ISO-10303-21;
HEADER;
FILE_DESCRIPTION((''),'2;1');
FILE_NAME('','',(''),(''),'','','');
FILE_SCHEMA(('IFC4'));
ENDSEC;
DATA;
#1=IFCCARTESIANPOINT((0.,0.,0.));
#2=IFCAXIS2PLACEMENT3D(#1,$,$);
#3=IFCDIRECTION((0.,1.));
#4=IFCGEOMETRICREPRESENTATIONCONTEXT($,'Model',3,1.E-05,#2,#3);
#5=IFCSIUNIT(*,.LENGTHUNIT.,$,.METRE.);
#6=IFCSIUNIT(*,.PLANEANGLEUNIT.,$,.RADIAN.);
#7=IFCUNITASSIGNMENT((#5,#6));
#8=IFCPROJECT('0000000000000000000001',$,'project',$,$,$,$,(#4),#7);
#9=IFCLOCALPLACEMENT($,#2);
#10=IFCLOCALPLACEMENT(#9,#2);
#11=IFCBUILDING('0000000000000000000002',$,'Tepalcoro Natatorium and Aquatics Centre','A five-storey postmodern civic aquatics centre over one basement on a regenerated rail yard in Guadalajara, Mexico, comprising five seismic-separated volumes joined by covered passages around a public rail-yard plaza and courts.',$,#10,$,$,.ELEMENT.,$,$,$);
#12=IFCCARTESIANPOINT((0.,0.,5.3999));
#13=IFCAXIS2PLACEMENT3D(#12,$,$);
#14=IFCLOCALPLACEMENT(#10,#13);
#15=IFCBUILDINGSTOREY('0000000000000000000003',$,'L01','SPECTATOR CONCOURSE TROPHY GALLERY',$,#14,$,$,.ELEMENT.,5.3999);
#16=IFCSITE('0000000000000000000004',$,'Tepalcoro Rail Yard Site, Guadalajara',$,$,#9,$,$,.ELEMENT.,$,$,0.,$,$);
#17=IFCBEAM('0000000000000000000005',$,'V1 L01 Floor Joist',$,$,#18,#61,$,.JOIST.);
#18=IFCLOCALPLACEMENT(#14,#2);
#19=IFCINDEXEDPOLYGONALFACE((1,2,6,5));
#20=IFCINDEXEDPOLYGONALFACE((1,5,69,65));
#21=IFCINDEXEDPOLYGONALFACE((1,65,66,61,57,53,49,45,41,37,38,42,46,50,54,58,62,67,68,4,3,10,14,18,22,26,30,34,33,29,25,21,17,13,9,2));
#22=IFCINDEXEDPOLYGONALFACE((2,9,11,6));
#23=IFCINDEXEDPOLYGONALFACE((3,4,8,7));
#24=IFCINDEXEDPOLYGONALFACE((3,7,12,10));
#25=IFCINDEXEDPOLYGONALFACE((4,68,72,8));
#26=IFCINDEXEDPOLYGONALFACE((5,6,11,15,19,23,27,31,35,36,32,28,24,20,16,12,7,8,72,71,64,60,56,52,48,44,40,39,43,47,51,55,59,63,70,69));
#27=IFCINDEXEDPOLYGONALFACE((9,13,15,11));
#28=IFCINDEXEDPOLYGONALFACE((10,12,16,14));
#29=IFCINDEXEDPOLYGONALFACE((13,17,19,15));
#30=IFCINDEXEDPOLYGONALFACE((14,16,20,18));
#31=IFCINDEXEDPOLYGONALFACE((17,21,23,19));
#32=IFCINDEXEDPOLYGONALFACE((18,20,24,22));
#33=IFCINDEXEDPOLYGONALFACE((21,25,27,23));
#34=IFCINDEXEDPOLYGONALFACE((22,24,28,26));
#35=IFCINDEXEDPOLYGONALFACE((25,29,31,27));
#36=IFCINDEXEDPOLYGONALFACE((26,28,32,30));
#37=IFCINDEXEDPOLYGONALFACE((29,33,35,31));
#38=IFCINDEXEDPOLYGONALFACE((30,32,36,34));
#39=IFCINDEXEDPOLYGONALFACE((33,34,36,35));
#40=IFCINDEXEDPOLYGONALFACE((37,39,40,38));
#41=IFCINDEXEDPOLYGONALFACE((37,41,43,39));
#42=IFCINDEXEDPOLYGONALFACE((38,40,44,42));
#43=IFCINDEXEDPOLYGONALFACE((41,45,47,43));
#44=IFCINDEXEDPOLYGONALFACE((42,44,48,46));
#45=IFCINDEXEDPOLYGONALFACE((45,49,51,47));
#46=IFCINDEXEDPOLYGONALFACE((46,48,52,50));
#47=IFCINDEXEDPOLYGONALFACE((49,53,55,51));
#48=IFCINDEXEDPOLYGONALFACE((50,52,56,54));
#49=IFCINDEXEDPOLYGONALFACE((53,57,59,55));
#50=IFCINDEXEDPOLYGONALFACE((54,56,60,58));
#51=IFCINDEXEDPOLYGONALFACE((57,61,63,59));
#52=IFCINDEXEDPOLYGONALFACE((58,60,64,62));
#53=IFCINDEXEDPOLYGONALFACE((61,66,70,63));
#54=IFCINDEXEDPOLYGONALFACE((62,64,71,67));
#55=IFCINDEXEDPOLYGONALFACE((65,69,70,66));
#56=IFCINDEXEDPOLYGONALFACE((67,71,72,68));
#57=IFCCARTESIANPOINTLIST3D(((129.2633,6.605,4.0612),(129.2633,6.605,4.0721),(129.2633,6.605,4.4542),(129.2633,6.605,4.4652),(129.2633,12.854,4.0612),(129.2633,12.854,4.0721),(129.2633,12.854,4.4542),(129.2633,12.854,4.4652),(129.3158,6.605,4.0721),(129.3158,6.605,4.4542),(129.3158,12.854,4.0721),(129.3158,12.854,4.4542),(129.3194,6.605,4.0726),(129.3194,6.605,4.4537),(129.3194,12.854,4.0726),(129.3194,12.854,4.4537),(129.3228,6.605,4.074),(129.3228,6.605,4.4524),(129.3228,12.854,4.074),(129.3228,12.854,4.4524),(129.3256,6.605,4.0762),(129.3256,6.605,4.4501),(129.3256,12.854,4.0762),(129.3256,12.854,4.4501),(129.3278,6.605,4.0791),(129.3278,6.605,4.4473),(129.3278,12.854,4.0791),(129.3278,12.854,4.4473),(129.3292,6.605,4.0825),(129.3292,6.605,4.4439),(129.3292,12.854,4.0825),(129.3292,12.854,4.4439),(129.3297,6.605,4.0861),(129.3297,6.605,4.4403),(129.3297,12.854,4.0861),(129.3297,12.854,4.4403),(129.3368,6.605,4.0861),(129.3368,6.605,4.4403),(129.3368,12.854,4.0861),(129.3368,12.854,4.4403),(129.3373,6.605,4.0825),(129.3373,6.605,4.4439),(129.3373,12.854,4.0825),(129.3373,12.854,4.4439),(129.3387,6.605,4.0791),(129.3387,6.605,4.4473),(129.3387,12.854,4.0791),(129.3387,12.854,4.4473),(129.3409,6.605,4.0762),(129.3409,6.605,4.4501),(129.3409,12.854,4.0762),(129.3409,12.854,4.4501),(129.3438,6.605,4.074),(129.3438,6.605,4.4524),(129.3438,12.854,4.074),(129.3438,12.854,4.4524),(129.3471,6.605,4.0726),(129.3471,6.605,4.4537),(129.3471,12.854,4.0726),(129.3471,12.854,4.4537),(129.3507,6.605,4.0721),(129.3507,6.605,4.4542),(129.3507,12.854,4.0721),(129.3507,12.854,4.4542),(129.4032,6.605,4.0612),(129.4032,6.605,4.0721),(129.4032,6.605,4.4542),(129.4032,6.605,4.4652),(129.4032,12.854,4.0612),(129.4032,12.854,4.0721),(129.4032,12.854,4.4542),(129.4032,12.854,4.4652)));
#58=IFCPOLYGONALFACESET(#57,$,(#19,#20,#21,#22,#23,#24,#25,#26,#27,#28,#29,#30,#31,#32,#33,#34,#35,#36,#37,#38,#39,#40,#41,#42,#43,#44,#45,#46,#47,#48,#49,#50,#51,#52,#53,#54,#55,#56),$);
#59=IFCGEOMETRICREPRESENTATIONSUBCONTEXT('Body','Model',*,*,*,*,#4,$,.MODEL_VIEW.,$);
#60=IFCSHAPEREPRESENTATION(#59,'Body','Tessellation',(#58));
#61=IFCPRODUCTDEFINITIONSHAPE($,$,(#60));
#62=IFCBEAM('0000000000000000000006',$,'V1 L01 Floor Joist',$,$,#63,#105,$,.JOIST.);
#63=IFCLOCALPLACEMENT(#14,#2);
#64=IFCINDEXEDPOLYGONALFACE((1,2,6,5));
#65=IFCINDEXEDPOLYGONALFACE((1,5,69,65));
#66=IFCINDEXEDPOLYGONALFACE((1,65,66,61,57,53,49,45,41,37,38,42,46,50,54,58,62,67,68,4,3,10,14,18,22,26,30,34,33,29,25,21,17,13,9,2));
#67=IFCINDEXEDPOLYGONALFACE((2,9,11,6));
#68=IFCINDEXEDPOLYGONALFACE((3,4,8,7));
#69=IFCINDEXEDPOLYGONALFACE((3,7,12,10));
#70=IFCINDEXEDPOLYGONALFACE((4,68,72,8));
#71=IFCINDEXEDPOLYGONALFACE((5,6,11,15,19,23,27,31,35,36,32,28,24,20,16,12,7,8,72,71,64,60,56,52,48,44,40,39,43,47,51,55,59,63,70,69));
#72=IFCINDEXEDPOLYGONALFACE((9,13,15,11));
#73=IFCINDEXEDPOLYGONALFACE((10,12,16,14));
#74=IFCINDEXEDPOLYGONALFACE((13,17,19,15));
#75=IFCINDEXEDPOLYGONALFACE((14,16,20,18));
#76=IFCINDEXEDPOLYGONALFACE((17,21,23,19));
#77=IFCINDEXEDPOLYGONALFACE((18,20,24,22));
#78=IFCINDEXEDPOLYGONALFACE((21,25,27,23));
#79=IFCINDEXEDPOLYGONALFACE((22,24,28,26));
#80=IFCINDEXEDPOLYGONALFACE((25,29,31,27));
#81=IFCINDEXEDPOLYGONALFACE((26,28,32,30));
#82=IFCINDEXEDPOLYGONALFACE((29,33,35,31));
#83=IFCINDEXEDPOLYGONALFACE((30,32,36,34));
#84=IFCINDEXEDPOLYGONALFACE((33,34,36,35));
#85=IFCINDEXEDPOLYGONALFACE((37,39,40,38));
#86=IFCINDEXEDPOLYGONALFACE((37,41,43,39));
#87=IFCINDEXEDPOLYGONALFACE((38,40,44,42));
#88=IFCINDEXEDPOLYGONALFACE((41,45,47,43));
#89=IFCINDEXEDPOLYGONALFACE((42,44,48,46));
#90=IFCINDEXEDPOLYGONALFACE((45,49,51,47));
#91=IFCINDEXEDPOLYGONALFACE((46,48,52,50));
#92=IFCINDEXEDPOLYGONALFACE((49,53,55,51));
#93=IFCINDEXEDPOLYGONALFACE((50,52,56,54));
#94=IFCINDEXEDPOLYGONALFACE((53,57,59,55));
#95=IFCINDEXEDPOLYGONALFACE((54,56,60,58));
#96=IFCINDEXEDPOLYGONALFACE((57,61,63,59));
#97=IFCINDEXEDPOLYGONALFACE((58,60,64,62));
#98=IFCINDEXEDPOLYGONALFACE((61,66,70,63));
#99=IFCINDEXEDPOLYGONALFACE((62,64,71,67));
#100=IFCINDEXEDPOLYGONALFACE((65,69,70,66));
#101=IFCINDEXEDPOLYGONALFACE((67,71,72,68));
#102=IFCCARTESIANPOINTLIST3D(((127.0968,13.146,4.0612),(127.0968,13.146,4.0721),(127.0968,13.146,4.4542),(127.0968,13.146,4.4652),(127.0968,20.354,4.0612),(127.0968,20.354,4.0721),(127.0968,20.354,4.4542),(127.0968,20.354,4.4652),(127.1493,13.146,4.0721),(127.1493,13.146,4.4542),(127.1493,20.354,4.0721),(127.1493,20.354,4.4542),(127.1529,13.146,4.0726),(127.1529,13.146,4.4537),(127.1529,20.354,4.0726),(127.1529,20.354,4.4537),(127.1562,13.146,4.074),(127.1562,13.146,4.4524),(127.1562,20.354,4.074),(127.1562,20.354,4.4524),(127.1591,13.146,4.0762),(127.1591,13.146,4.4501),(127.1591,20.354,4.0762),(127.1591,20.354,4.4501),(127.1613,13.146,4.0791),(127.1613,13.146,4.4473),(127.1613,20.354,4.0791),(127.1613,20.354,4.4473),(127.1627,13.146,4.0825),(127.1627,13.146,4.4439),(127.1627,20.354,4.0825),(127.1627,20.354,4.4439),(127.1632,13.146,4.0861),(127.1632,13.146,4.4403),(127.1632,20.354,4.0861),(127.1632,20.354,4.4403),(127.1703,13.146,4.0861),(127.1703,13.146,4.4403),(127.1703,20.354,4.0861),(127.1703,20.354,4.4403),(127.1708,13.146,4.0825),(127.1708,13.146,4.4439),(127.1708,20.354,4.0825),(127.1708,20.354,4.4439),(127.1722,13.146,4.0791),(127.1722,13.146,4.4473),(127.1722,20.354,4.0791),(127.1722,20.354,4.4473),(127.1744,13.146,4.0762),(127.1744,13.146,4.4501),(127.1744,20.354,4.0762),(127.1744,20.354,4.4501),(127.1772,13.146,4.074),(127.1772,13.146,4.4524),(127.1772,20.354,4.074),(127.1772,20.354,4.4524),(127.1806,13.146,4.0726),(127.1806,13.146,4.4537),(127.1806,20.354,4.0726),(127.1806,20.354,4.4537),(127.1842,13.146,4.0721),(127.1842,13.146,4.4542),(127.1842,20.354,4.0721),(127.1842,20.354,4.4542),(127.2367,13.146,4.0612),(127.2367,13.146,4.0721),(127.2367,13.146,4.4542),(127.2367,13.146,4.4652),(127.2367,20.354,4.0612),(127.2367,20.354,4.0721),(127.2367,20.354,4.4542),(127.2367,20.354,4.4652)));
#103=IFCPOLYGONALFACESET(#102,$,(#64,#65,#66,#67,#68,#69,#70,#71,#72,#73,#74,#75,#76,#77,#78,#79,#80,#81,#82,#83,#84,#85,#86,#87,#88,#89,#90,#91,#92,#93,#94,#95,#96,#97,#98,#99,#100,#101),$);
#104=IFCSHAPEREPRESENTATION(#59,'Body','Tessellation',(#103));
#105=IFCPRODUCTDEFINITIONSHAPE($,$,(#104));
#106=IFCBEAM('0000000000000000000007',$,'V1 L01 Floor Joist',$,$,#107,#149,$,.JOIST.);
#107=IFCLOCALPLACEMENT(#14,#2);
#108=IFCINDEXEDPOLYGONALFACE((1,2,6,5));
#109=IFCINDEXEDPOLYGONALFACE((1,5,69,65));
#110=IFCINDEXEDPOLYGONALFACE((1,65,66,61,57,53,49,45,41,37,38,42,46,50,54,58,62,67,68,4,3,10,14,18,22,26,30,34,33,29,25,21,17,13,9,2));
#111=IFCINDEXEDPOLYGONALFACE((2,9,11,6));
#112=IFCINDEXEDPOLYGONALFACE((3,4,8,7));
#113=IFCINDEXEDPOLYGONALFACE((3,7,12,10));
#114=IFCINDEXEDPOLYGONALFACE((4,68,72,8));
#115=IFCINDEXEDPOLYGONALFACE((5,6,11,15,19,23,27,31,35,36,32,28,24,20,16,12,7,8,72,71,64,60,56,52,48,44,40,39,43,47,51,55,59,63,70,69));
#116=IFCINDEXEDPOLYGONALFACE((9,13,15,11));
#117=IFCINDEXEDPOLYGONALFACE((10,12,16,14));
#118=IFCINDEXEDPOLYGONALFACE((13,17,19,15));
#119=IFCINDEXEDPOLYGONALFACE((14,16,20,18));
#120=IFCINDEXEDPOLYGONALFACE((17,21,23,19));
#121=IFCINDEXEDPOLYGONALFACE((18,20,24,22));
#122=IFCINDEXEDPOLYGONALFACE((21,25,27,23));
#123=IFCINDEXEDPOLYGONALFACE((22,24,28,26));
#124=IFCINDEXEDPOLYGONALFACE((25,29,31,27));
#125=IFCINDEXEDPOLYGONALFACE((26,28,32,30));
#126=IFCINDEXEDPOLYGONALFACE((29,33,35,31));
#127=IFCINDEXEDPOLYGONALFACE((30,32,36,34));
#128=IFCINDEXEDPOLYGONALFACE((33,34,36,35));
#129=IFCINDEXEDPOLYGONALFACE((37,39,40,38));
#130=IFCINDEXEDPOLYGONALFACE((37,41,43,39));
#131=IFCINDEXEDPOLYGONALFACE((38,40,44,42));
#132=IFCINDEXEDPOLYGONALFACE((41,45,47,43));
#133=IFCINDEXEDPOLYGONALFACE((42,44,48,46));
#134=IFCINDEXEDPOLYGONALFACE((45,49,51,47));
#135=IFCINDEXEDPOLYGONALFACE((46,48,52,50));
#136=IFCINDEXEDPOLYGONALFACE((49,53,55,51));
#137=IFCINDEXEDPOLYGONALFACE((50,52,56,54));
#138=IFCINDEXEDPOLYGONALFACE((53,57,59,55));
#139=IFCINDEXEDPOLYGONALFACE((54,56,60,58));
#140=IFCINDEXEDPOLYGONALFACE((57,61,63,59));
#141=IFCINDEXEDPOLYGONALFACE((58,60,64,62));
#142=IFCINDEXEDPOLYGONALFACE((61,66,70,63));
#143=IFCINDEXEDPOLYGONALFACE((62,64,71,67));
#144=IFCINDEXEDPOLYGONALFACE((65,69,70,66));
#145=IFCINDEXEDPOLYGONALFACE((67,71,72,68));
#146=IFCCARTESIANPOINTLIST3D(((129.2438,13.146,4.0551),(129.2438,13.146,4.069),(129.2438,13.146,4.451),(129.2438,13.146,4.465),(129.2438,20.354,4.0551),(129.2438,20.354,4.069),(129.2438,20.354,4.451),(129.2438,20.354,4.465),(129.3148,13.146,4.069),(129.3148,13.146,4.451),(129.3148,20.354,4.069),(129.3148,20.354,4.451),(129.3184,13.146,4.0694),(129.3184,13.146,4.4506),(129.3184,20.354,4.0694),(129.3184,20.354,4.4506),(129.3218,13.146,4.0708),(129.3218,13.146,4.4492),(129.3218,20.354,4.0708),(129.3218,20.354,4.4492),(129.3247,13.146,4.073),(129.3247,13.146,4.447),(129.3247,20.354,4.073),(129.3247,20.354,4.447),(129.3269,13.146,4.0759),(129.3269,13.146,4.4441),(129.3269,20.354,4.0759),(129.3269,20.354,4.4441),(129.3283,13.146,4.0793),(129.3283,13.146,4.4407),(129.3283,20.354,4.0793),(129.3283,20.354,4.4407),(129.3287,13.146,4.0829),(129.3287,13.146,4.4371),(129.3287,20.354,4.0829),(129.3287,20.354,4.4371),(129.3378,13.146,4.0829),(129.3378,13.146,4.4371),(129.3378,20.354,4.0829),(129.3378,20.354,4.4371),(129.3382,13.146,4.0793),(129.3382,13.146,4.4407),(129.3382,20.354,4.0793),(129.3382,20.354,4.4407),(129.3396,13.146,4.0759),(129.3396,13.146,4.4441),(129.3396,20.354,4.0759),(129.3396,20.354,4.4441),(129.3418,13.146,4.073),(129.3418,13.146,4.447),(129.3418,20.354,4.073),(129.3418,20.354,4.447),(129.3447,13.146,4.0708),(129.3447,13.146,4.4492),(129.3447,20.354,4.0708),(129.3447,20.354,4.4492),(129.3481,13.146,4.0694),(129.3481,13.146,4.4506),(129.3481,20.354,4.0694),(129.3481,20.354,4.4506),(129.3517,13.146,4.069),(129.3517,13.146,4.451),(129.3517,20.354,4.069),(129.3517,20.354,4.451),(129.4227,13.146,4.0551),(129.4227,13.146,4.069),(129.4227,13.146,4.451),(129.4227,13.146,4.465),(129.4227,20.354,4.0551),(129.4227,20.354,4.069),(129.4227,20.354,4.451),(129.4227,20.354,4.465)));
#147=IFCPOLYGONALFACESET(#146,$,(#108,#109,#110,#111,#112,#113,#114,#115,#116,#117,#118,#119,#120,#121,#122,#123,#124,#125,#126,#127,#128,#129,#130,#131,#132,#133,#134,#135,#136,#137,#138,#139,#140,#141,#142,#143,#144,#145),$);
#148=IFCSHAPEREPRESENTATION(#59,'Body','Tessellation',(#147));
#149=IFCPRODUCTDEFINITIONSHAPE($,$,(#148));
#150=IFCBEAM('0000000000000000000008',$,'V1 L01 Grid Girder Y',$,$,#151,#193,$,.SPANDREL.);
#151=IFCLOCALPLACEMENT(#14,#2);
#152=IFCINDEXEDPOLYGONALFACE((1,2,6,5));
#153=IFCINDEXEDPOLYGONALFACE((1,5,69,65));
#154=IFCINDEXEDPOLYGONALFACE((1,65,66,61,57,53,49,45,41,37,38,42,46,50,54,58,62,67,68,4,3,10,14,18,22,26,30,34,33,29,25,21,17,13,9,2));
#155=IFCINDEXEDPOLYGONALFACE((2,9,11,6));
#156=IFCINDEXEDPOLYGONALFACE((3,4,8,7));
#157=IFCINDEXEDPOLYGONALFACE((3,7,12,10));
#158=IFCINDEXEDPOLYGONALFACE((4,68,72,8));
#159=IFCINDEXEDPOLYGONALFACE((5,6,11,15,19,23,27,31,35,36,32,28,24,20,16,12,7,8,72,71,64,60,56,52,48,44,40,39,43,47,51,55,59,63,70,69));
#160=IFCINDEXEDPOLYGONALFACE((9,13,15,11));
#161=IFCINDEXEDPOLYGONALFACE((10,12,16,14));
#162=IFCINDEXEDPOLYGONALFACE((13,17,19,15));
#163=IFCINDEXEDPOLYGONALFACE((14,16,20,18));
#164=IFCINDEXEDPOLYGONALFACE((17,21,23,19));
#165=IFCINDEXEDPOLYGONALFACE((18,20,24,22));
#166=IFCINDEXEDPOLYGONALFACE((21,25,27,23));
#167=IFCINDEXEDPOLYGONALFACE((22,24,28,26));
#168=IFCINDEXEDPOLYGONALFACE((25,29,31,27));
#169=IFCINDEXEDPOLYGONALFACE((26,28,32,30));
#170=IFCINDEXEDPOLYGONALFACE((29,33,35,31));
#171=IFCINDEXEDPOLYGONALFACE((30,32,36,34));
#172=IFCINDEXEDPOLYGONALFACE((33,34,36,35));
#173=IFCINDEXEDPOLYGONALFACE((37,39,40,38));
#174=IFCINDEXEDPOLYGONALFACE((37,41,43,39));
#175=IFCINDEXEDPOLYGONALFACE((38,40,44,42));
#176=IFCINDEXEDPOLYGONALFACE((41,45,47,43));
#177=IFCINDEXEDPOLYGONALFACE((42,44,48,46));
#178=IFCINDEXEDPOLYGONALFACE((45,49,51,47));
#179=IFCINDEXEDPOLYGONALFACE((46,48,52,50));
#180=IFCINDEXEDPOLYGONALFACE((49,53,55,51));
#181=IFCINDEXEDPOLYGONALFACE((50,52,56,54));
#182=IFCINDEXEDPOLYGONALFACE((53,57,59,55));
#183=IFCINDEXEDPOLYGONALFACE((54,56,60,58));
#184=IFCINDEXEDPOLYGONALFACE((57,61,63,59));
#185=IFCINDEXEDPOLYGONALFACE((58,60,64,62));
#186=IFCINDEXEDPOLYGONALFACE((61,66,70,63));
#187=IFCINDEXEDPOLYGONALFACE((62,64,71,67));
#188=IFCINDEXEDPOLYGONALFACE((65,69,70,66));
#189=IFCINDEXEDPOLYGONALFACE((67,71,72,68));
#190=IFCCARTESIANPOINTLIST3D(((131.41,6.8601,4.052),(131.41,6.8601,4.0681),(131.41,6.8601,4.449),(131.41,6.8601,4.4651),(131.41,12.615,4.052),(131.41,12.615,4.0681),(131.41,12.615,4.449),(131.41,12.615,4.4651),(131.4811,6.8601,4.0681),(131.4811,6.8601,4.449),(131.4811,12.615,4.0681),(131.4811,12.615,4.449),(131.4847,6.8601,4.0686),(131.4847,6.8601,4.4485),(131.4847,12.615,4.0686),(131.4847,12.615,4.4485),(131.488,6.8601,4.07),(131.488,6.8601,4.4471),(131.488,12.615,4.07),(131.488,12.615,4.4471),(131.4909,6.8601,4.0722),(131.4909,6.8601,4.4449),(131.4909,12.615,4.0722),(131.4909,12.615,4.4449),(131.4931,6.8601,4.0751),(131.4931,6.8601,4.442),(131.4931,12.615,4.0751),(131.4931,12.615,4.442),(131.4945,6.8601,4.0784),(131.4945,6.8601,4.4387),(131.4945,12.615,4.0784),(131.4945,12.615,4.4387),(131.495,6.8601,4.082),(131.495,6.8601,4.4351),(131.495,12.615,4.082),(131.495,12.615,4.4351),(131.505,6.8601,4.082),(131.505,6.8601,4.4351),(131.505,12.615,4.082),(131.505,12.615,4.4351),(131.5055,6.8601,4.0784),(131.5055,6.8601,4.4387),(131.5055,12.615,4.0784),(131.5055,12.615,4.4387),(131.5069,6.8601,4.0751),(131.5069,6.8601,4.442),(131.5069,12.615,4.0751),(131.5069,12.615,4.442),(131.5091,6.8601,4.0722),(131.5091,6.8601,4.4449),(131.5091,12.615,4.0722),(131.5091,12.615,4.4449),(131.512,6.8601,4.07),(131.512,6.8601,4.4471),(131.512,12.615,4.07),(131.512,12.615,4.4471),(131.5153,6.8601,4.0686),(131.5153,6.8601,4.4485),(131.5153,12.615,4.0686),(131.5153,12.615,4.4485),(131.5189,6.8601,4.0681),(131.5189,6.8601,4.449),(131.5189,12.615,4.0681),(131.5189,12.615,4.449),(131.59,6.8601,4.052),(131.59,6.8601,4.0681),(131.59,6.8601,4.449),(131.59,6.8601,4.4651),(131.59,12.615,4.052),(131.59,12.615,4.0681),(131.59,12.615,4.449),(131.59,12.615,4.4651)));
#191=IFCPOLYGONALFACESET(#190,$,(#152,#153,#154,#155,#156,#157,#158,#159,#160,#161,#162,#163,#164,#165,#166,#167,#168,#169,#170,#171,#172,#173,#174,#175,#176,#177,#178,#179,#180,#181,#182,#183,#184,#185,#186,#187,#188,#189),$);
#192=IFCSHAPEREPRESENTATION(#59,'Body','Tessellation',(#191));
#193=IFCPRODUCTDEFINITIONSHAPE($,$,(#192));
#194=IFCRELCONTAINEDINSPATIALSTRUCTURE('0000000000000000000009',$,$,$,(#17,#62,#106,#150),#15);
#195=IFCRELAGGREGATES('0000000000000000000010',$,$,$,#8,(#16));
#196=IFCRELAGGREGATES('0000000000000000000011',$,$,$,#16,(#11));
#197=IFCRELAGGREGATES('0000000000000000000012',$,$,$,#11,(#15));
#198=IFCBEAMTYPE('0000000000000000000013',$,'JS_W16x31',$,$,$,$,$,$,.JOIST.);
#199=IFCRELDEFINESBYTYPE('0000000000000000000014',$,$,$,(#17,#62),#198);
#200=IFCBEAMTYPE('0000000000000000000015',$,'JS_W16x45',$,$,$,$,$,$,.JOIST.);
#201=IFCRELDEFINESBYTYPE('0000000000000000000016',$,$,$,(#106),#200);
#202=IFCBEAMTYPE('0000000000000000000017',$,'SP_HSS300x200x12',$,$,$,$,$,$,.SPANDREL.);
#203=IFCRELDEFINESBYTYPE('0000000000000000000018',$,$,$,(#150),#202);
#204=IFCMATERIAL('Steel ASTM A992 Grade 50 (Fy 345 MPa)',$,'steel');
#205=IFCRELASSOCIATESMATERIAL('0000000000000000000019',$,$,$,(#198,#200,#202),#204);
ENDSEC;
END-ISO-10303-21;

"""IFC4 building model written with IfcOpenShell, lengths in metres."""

from ifc_helpers import new_model, si_unit, direction, frame, origin, origin_2d, place, context, subcontext, project, spatial, i_section, extrude, material, material_profile, profile_set, type_object, element, save


model = new_model("IFC4")

# Units and contexts
model_context = context("Model", 3, precision=1e-05, world=origin(), true_north=direction((0.0, 1.0)))
body_context = subcontext(model_context, "Body", "Model", "MODEL_VIEW")
ifc_project = project(units=[si_unit("LENGTHUNIT", "METRE"), si_unit("PLANEANGLEUNIT", "RADIAN")], contexts=[model_context])

# Site, building, storey
site_placement = place(None, origin())
site = spatial("IfcSite", under=ifc_project, at=site_placement, Name="Tepalcoro Rail Yard Site, Guadalajara", CompositionType="ELEMENT", RefElevation=0.0)
building_placement = place(site_placement, origin())
building = spatial("IfcBuilding", under=site, at=building_placement, Name="Tepalcoro Natatorium and Aquatics Centre", Description="A five-storey postmodern civic aquatics centre over one basement on a regenerated rail yard in Guadalajara, Mexico, comprising five seismic-separated volumes joined by covered passages around a public rail-yard plaza and courts.", CompositionType="ELEMENT")
storey_placement = place(building_placement, frame((0.0, 0.0, 5.3999)))
storey = spatial("IfcBuildingStorey", under=building, at=storey_placement, Name="L01", Description="SPECTATOR CONCOURSE TROPHY GALLERY", CompositionType="ELEMENT", Elevation=5.3999)

# Shared definitions
ifc_material_1 = material(Name="Steel ASTM A992 Grade 50 (Fy 345 MPa)", Category="steel")

# Beams
ifc_material_profile_1 = material_profile(ifc_material_1, i_section(OverallWidth=0.1399, OverallDepth=0.4041, WebThickness=0.0071, FlangeThickness=0.011, FilletRadius=0.0139, at=origin_2d()), Name="W16X31")
ifc_profile_set_1 = profile_set([ifc_material_profile_1], Name="Steel ASTM A992 Grade 50 (Fy 345 MPa)")
beam_type_1 = type_object("IfcBeamType", Name="JS_W16x31", PredefinedType="JOIST", material=ifc_profile_set_1)
beam_1_placement = place(storey_placement, frame((129.3333, 6.605, 4.2632), z_axis=(0.0, 1.0, 0.0), x_axis=(-1.0, 0.0, 0.0)))
element("IfcBeam", 1, at=beam_1_placement, inside=storey, type_object=beam_type_1, Name="V1 L01 Floor Joist", PredefinedType="JOIST", context=body_context, shape_type="SweptSolid", body=[
    extrude(i_section(OverallWidth=0.1399, OverallDepth=0.4041, WebThickness=0.0071, FlangeThickness=0.011, FilletRadius=0.0139, at=origin_2d()), origin(), (0.0, 0.0, 1.0), 6.249),
])
beam_2_placement = place(storey_placement, frame((127.1667, 13.146, 4.2632), z_axis=(0.0, 1.0, 0.0), x_axis=(-1.0, 0.0, 0.0)))
element("IfcBeam", 2, at=beam_2_placement, inside=storey, type_object=beam_type_1, Name="V1 L01 Floor Joist", PredefinedType="JOIST", context=body_context, shape_type="SweptSolid", body=[
    extrude(i_section(OverallWidth=0.1399, OverallDepth=0.4041, WebThickness=0.0071, FlangeThickness=0.011, FilletRadius=0.0139, at=origin_2d()), origin(), (0.0, 0.0, 1.0), 7.208),
])
ifc_material_profile_2 = material_profile(ifc_material_1, i_section(OverallWidth=0.179, OverallDepth=0.4099, WebThickness=0.009, FlangeThickness=0.0139, FilletRadius=0.0139, at=origin_2d()), Name="W16X45")
ifc_profile_set_2 = profile_set([ifc_material_profile_2], Name="Steel ASTM A992 Grade 50 (Fy 345 MPa)")
beam_type_2 = type_object("IfcBeamType", Name="JS_W16x45", PredefinedType="JOIST", material=ifc_profile_set_2)
beam_3_placement = place(storey_placement, frame((129.3333, 13.146, 4.26), z_axis=(0.0, 1.0, 0.0), x_axis=(-1.0, 0.0, 0.0)))
element("IfcBeam", 3, at=beam_3_placement, inside=storey, type_object=beam_type_2, Name="V1 L01 Floor Joist", PredefinedType="JOIST", context=body_context, shape_type="SweptSolid", body=[
    extrude(i_section(OverallWidth=0.179, OverallDepth=0.4099, WebThickness=0.009, FlangeThickness=0.0139, FilletRadius=0.0139, at=origin_2d()), origin(), (0.0, 0.0, 1.0), 7.208),
])
ifc_material_profile_3 = material_profile(ifc_material_1, i_section(OverallWidth=0.1799, OverallDepth=0.4131, WebThickness=0.01, FlangeThickness=0.0161, FilletRadius=0.0139, at=origin_2d()), Name="W16X50")
ifc_profile_set_3 = profile_set([ifc_material_profile_3], Name="Steel ASTM A992 Grade 50 (Fy 345 MPa)")
beam_type_3 = type_object("IfcBeamType", Name="SP_HSS300x200x12", PredefinedType="SPANDREL", material=ifc_profile_set_3)
beam_4_placement = place(storey_placement, frame((131.5, 6.8601, 4.2585), z_axis=(0.0, 1.0, 0.0), x_axis=(-1.0, 0.0, 0.0)))
element("IfcBeam", 4, at=beam_4_placement, inside=storey, type_object=beam_type_3, Name="V1 L01 Grid Girder Y", PredefinedType="SPANDREL", context=body_context, shape_type="SweptSolid", body=[
    extrude(i_section(OverallWidth=0.1799, OverallDepth=0.4131, WebThickness=0.01, FlangeThickness=0.0161, FilletRadius=0.0139, at=origin_2d()), origin(), (0.0, 0.0, 1.0), 5.7549),
])

save(model, "model.ifc")
